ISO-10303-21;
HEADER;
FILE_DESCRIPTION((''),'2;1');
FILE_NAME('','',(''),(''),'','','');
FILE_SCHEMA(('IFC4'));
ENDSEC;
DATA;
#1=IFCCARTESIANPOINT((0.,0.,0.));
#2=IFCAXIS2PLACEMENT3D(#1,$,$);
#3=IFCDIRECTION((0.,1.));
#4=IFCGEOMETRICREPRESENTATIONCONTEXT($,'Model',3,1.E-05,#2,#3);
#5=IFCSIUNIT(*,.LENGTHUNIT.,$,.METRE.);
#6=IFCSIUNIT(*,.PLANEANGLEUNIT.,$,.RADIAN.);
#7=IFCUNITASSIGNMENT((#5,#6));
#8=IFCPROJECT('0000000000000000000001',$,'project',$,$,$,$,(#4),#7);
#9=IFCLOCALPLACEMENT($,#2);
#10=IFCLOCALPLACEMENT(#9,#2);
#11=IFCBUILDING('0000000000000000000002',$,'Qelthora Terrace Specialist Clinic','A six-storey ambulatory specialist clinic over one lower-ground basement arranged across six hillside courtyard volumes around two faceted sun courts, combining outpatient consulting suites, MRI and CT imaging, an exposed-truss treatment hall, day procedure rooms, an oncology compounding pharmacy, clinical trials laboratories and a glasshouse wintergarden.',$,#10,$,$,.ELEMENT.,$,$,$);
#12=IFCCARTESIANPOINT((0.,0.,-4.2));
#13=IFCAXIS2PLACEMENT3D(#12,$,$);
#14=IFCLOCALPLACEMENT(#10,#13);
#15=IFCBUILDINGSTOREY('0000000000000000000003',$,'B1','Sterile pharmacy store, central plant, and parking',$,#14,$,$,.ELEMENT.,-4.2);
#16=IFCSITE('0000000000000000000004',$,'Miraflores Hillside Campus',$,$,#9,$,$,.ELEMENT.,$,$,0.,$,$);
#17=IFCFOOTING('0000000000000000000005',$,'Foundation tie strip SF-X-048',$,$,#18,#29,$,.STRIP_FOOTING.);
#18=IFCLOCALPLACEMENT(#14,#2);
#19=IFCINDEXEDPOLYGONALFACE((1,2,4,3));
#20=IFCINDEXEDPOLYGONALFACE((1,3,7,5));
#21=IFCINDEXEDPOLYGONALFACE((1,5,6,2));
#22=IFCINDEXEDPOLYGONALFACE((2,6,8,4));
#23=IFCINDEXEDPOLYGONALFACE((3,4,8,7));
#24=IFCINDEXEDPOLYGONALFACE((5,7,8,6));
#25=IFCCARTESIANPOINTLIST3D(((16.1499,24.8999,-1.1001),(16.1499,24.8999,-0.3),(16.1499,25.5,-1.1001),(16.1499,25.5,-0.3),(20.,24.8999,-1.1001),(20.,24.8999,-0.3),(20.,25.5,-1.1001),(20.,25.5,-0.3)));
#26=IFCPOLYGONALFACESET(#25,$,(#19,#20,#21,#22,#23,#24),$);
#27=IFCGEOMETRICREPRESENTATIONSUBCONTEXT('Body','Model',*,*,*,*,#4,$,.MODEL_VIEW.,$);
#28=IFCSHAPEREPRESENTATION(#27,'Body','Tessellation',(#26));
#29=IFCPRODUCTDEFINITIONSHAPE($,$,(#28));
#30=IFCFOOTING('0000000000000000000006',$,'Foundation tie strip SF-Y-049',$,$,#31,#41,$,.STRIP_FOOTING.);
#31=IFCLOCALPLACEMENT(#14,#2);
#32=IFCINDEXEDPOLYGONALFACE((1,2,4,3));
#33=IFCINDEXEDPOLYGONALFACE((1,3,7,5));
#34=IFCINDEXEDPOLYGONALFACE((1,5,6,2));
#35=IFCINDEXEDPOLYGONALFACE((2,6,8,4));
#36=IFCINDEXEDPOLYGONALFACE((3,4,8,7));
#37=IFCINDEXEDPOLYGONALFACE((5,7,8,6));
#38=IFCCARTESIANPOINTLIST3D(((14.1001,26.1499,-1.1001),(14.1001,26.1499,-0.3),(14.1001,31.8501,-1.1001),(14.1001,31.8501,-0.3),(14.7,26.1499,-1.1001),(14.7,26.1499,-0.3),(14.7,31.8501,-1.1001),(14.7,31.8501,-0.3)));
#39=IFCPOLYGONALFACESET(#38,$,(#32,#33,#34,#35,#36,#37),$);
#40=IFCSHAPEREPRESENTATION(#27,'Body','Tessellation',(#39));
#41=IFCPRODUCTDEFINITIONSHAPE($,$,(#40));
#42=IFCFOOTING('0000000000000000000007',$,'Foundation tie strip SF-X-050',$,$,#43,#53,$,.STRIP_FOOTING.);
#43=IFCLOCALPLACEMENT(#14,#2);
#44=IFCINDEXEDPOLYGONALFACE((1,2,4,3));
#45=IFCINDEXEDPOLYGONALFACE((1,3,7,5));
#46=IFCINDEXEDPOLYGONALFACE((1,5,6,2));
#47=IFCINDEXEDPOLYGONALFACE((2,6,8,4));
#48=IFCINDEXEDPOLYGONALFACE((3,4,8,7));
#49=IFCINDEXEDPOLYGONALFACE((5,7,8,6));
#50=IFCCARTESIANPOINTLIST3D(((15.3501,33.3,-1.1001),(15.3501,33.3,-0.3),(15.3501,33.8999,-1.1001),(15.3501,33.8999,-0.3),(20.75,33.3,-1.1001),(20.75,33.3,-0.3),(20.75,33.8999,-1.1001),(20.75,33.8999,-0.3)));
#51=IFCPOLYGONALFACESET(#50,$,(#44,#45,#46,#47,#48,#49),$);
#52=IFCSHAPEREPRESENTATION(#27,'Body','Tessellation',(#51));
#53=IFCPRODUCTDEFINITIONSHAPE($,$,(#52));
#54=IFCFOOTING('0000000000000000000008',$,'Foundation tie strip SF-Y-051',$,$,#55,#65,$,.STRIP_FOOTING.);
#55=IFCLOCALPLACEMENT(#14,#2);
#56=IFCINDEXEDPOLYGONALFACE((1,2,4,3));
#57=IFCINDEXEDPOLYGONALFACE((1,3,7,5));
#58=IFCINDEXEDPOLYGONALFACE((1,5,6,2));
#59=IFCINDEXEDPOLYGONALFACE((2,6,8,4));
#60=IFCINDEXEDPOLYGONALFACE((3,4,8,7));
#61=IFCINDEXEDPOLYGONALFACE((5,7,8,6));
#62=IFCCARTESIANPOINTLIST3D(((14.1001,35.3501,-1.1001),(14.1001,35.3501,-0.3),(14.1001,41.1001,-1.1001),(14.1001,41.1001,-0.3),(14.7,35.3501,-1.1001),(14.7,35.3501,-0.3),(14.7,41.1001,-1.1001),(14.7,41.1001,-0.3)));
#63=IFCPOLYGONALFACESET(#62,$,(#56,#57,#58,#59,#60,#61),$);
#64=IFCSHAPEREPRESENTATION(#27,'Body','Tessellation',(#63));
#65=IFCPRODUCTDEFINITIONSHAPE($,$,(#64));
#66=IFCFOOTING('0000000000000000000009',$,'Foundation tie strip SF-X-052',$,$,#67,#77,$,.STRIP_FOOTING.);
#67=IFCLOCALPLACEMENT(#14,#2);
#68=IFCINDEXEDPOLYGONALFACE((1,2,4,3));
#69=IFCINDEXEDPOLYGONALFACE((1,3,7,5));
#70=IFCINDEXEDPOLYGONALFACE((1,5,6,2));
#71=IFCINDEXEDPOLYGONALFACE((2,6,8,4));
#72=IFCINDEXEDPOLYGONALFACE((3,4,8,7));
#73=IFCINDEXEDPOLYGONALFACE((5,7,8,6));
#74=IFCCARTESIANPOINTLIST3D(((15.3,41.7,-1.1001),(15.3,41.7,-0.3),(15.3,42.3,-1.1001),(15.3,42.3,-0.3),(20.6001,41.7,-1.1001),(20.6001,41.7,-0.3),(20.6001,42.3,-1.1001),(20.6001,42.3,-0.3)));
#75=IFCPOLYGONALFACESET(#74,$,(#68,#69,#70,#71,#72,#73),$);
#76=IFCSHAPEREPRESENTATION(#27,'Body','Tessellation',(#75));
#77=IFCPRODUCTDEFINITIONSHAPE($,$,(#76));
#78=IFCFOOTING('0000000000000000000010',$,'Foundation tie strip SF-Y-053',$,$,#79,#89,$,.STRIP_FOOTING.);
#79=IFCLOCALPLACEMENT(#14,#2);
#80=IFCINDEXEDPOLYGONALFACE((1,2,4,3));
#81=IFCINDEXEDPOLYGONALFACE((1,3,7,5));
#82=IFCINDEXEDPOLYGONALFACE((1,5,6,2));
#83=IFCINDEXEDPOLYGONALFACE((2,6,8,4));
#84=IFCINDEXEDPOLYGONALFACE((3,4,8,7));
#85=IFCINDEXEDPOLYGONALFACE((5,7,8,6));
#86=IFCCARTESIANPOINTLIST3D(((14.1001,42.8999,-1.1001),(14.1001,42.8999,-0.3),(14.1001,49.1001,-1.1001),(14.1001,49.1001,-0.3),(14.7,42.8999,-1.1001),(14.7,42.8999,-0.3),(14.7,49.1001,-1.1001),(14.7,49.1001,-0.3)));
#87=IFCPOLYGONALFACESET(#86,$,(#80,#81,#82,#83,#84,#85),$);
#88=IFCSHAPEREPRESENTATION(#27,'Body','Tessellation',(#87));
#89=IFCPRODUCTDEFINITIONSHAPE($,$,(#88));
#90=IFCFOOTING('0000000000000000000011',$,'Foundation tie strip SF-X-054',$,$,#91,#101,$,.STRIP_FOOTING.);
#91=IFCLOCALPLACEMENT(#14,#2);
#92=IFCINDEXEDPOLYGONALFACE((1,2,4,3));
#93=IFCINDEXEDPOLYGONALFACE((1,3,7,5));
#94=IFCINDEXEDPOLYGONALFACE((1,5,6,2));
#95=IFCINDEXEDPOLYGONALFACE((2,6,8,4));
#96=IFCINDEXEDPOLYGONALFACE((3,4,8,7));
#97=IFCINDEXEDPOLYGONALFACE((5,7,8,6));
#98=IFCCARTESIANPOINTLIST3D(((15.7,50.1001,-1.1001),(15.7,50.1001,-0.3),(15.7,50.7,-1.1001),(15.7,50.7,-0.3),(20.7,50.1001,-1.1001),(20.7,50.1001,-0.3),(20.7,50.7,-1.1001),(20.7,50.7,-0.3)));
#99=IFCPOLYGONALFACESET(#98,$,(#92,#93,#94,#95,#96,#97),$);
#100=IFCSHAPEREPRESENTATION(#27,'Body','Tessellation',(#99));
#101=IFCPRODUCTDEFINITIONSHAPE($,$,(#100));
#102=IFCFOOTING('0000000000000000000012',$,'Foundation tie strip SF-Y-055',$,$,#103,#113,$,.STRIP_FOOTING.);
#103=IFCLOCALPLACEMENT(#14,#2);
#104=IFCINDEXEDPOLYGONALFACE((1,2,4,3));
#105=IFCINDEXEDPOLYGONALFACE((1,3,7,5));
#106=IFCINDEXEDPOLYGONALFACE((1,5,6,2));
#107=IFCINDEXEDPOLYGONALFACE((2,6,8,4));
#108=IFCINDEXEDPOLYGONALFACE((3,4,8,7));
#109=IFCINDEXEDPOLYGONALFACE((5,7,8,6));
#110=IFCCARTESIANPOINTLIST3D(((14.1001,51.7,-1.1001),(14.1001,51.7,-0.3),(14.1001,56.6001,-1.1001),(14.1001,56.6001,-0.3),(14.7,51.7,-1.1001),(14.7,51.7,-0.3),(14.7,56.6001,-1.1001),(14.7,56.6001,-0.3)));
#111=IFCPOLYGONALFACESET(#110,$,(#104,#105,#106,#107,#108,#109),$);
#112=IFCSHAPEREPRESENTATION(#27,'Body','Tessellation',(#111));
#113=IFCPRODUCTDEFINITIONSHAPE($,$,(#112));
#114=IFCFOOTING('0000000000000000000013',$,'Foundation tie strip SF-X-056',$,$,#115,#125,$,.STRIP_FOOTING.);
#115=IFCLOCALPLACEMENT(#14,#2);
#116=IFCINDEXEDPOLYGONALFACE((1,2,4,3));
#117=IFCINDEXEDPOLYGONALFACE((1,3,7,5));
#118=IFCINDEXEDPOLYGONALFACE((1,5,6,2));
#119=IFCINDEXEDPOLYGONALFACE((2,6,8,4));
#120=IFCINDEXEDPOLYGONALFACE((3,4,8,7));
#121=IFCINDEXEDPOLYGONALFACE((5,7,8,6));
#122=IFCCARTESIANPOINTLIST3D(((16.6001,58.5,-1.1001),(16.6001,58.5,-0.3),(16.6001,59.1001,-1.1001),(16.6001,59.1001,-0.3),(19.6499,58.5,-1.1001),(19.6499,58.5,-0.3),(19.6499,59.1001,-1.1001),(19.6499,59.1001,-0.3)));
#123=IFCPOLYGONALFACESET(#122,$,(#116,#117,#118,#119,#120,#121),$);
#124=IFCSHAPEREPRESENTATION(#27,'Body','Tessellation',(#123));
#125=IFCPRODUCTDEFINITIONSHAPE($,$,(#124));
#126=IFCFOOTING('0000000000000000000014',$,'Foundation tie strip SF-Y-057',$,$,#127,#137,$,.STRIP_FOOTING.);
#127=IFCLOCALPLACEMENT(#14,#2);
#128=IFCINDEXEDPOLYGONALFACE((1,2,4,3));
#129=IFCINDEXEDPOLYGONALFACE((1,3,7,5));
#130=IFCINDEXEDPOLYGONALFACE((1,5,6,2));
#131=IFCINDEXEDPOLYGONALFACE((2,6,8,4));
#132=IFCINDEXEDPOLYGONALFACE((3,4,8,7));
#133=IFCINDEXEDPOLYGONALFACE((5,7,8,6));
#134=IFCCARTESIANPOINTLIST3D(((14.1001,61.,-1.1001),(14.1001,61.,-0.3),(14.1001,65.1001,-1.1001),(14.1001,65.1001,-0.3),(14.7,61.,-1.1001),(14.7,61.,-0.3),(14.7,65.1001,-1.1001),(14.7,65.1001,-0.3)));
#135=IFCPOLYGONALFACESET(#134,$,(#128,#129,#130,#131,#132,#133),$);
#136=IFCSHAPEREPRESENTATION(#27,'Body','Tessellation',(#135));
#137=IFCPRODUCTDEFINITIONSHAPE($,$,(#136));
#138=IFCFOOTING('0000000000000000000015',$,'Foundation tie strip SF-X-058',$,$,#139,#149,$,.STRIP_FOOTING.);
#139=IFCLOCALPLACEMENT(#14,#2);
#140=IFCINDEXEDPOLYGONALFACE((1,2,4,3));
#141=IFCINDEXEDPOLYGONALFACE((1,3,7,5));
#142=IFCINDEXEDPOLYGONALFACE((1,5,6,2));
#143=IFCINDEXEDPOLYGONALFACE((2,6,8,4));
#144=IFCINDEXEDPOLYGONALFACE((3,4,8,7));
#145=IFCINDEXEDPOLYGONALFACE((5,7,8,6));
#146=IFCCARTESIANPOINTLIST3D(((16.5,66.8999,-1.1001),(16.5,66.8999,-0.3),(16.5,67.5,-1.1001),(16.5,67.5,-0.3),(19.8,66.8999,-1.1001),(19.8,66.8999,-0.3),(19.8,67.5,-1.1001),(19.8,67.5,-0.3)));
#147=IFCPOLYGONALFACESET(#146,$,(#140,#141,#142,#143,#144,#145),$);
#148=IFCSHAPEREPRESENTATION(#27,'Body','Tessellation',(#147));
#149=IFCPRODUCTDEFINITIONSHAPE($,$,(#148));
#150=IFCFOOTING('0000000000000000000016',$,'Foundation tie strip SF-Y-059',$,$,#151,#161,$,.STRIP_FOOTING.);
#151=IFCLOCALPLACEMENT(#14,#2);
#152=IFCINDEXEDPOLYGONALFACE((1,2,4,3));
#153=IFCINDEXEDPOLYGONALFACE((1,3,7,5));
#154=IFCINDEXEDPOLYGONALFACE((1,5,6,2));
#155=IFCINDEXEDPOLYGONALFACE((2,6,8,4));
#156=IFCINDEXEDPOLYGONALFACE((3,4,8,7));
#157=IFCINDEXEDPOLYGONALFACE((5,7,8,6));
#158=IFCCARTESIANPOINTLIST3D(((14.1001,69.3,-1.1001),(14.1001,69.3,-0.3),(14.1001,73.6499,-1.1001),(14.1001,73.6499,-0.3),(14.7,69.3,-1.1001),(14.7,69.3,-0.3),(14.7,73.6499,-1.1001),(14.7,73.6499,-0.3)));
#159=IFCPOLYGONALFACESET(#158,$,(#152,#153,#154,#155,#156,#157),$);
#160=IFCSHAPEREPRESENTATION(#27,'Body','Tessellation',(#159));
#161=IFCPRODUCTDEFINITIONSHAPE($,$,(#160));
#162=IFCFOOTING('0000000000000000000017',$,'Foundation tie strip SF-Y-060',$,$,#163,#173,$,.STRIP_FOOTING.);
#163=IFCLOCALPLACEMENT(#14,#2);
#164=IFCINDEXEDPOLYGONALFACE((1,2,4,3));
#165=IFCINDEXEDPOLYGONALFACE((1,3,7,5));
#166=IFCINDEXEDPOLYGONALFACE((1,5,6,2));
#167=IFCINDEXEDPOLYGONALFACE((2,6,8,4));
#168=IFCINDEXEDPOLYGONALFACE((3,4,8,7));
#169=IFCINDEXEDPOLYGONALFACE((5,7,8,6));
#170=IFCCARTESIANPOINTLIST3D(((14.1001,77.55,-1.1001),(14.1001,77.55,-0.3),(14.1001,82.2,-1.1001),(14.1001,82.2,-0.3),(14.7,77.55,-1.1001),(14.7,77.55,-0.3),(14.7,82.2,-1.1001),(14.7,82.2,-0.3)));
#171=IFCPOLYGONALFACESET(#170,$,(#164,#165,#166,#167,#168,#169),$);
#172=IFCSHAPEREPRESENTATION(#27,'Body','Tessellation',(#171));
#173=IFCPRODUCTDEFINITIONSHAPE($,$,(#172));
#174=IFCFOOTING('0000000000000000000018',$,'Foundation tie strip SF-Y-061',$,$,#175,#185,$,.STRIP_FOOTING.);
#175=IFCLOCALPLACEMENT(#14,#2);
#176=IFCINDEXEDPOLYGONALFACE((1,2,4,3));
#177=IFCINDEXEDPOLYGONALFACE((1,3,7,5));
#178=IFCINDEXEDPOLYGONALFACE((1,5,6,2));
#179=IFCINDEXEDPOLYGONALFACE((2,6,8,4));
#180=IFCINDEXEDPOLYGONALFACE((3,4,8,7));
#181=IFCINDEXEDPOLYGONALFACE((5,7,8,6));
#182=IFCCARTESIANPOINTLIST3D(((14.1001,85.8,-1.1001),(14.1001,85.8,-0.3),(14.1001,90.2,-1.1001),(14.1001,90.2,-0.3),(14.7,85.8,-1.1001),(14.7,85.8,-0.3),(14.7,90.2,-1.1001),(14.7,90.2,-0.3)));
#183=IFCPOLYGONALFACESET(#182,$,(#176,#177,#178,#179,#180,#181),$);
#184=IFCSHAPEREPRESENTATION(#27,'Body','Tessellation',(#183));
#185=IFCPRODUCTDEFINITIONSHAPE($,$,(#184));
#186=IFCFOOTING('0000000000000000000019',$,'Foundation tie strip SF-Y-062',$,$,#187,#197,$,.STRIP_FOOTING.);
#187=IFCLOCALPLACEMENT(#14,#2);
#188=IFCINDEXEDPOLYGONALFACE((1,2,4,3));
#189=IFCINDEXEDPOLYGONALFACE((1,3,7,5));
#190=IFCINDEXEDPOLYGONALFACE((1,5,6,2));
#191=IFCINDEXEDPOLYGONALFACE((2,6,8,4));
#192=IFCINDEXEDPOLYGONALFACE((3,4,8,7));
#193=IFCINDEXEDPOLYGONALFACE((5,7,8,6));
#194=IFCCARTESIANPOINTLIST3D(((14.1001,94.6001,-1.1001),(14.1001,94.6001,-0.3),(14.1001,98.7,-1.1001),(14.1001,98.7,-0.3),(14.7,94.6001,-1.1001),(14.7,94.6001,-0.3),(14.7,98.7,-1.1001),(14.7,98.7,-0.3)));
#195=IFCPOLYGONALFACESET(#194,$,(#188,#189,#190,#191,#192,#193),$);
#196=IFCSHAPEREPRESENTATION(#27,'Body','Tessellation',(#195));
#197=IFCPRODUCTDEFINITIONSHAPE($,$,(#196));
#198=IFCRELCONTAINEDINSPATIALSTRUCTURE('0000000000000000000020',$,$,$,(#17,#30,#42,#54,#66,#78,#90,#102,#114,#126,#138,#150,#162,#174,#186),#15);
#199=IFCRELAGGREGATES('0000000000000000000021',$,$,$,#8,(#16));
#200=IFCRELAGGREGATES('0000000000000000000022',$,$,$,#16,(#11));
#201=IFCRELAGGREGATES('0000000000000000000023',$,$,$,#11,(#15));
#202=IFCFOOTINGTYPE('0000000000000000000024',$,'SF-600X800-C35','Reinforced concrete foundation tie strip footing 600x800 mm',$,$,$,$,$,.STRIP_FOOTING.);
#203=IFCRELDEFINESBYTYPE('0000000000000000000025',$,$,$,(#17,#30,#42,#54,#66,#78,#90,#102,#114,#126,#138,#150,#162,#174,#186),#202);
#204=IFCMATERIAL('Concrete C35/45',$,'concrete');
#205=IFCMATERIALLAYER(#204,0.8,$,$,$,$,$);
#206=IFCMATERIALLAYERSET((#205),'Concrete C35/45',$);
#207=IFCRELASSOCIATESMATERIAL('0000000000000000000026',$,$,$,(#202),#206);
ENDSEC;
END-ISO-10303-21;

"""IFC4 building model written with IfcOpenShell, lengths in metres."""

from ifc_helpers import new_model, si_unit, direction, frame, origin, place, context, subcontext, project, spatial, polyline, outline, extrude, material, layer, layer_set, type_object, element, save


model = new_model("IFC4")

# Units and contexts
model_context = context("Model", 3, precision=1e-05, world=origin(), true_north=direction((0.0, 1.0)))
body_context = subcontext(model_context, "Body", "Model", "MODEL_VIEW")
ifc_project = project(units=[si_unit("LENGTHUNIT", "METRE"), si_unit("PLANEANGLEUNIT", "RADIAN")], contexts=[model_context])

# Site, building, storey
site_placement = place(None, origin())
site = spatial("IfcSite", under=ifc_project, at=site_placement, Name="Miraflores Hillside Campus", CompositionType="ELEMENT", RefElevation=0.0)
building_placement = place(site_placement, origin())
building = spatial("IfcBuilding", under=site, at=building_placement, Name="Qelthora Terrace Specialist Clinic", Description="A six-storey ambulatory specialist clinic over one lower-ground basement arranged across six hillside courtyard volumes around two faceted sun courts, combining outpatient consulting suites, MRI and CT imaging, an exposed-truss treatment hall, day procedure rooms, an oncology compounding pharmacy, clinical trials laboratories and a glasshouse wintergarden.", CompositionType="ELEMENT")
storey_placement = place(building_placement, frame((0.0, 0.0, -4.2)))
storey = spatial("IfcBuildingStorey", under=building, at=storey_placement, Name="B1", Description="Sterile pharmacy store, central plant, and parking", CompositionType="ELEMENT", Elevation=-4.2)

# Footings
ifc_material = material(Name="Concrete C35/45", Category="concrete")
ifc_layer = layer(ifc_material, 0.8)
ifc_layer_set = layer_set([ifc_layer], Name="Concrete C35/45")
footing_type = type_object("IfcFootingType", Name="SF-600X800-C35", Description="Reinforced concrete foundation tie strip footing 600x800 mm", PredefinedType="STRIP_FOOTING", material=ifc_layer_set)
footing_1_placement = place(storey_placement, frame((0.0, 0.0, -1.1001)))
element("IfcFooting", 1, at=footing_1_placement, inside=storey, type_object=footing_type, Name="Foundation tie strip SF-X-048", PredefinedType="STRIP_FOOTING", context=body_context, shape_type="SweptSolid", body=[
    extrude(outline(polyline([(16.1499, 24.8999), (20.0, 24.8999), (20.0, 25.5), (16.1499, 25.5), (16.1499, 24.8999)])), origin(), (0.0, 0.0, 1.0), 0.8),
])
footing_2_placement = place(storey_placement, frame((0.0, 0.0, -1.1001)))
element("IfcFooting", 2, at=footing_2_placement, inside=storey, type_object=footing_type, Name="Foundation tie strip SF-Y-049", PredefinedType="STRIP_FOOTING", context=body_context, shape_type="SweptSolid", body=[
    extrude(outline(polyline([(14.1001, 26.1499), (14.7, 26.1499), (14.7, 31.8501), (14.1001, 31.8501), (14.1001, 26.1499)])), origin(), (0.0, 0.0, 1.0), 0.8),
])
footing_3_placement = place(storey_placement, frame((0.0, 0.0, -1.1001)))
element("IfcFooting", 3, at=footing_3_placement, inside=storey, type_object=footing_type, Name="Foundation tie strip SF-X-050", PredefinedType="STRIP_FOOTING", context=body_context, shape_type="SweptSolid", body=[
    extrude(outline(polyline([(15.3501, 33.3), (20.75, 33.3), (20.75, 33.8999), (15.3501, 33.8999), (15.3501, 33.3)])), origin(), (0.0, 0.0, 1.0), 0.8),
])
footing_4_placement = place(storey_placement, frame((0.0, 0.0, -1.1001)))
element("IfcFooting", 4, at=footing_4_placement, inside=storey, type_object=footing_type, Name="Foundation tie strip SF-Y-051", PredefinedType="STRIP_FOOTING", context=body_context, shape_type="SweptSolid", body=[
    extrude(outline(polyline([(14.1001, 35.3501), (14.7, 35.3501), (14.7, 41.1001), (14.1001, 41.1001), (14.1001, 35.3501)])), origin(), (0.0, 0.0, 1.0), 0.8),
])
footing_5_placement = place(storey_placement, frame((0.0, 0.0, -1.1001)))
element("IfcFooting", 5, at=footing_5_placement, inside=storey, type_object=footing_type, Name="Foundation tie strip SF-X-052", PredefinedType="STRIP_FOOTING", context=body_context, shape_type="SweptSolid", body=[
    extrude(outline(polyline([(15.3, 41.7), (20.6001, 41.7), (20.6001, 42.3), (15.3, 42.3), (15.3, 41.7)])), origin(), (0.0, 0.0, 1.0), 0.8),
])
footing_6_placement = place(storey_placement, frame((0.0, 0.0, -1.1001)))
element("IfcFooting", 6, at=footing_6_placement, inside=storey, type_object=footing_type, Name="Foundation tie strip SF-Y-053", PredefinedType="STRIP_FOOTING", context=body_context, shape_type="SweptSolid", body=[
    extrude(outline(polyline([(14.1001, 42.8999), (14.7, 42.8999), (14.7, 49.1001), (14.1001, 49.1001), (14.1001, 42.8999)])), origin(), (0.0, 0.0, 1.0), 0.8),
])
footing_7_placement = place(storey_placement, frame((0.0, 0.0, -1.1001)))
element("IfcFooting", 7, at=footing_7_placement, inside=storey, type_object=footing_type, Name="Foundation tie strip SF-X-054", PredefinedType="STRIP_FOOTING", context=body_context, shape_type="SweptSolid", body=[
    extrude(outline(polyline([(15.7, 50.1001), (20.7, 50.1001), (20.7, 50.7), (15.7, 50.7), (15.7, 50.1001)])), origin(), (0.0, 0.0, 1.0), 0.8),
])
footing_8_placement = place(storey_placement, frame((0.0, 0.0, -1.1001)))
element("IfcFooting", 8, at=footing_8_placement, inside=storey, type_object=footing_type, Name="Foundation tie strip SF-Y-055", PredefinedType="STRIP_FOOTING", context=body_context, shape_type="SweptSolid", body=[
    extrude(outline(polyline([(14.1001, 51.7), (14.7, 51.7), (14.7, 56.6001), (14.1001, 56.6001), (14.1001, 51.7)])), origin(), (0.0, 0.0, 1.0), 0.8),
])
footing_9_placement = place(storey_placement, frame((0.0, 0.0, -1.1001)))
element("IfcFooting", 9, at=footing_9_placement, inside=storey, type_object=footing_type, Name="Foundation tie strip SF-X-056", PredefinedType="STRIP_FOOTING", context=body_context, shape_type="SweptSolid", body=[
    extrude(outline(polyline([(16.6001, 58.5), (19.6499, 58.5), (19.6499, 59.1001), (16.6001, 59.1001), (16.6001, 58.5)])), origin(), (0.0, 0.0, 1.0), 0.8),
])
footing_10_placement = place(storey_placement, frame((0.0, 0.0, -1.1001)))
element("IfcFooting", 10, at=footing_10_placement, inside=storey, type_object=footing_type, Name="Foundation tie strip SF-Y-057", PredefinedType="STRIP_FOOTING", context=body_context, shape_type="SweptSolid", body=[
    extrude(outline(polyline([(14.1001, 61.0), (14.7, 61.0), (14.7, 65.1001), (14.1001, 65.1001), (14.1001, 61.0)])), origin(), (0.0, 0.0, 1.0), 0.8),
])
footing_11_placement = place(storey_placement, frame((0.0, 0.0, -1.1001)))
element("IfcFooting", 11, at=footing_11_placement, inside=storey, type_object=footing_type, Name="Foundation tie strip SF-X-058", PredefinedType="STRIP_FOOTING", context=body_context, shape_type="SweptSolid", body=[
    extrude(outline(polyline([(16.5, 66.8999), (19.8, 66.8999), (19.8, 67.5), (16.5, 67.5), (16.5, 66.8999)])), origin(), (0.0, 0.0, 1.0), 0.8),
])
footing_12_placement = place(storey_placement, frame((0.0, 0.0, -1.1001)))
element("IfcFooting", 12, at=footing_12_placement, inside=storey, type_object=footing_type, Name="Foundation tie strip SF-Y-059", PredefinedType="STRIP_FOOTING", context=body_context, shape_type="SweptSolid", body=[
    extrude(outline(polyline([(14.1001, 69.3), (14.7, 69.3), (14.7, 73.6499), (14.1001, 73.6499), (14.1001, 69.3)])), origin(), (0.0, 0.0, 1.0), 0.8),
])
footing_13_placement = place(storey_placement, frame((0.0, 0.0, -1.1001)))
element("IfcFooting", 13, at=footing_13_placement, inside=storey, type_object=footing_type, Name="Foundation tie strip SF-Y-060", PredefinedType="STRIP_FOOTING", context=body_context, shape_type="SweptSolid", body=[
    extrude(outline(polyline([(14.1001, 77.55), (14.7, 77.55), (14.7, 82.2), (14.1001, 82.2), (14.1001, 77.55)])), origin(), (0.0, 0.0, 1.0), 0.8),
])
footing_14_placement = place(storey_placement, frame((0.0, 0.0, -1.1001)))
element("IfcFooting", 14, at=footing_14_placement, inside=storey, type_object=footing_type, Name="Foundation tie strip SF-Y-061", PredefinedType="STRIP_FOOTING", context=body_context, shape_type="SweptSolid", body=[
    extrude(outline(polyline([(14.1001, 85.8), (14.7, 85.8), (14.7, 90.2), (14.1001, 90.2), (14.1001, 85.8)])), origin(), (0.0, 0.0, 1.0), 0.8),
])
footing_15_placement = place(storey_placement, frame((0.0, 0.0, -1.1001)))
element("IfcFooting", 15, at=footing_15_placement, inside=storey, type_object=footing_type, Name="Foundation tie strip SF-Y-062", PredefinedType="STRIP_FOOTING", context=body_context, shape_type="SweptSolid", body=[
    extrude(outline(polyline([(14.1001, 94.6001), (14.7, 94.6001), (14.7, 98.7), (14.1001, 98.7), (14.1001, 94.6001)])), origin(), (0.0, 0.0, 1.0), 0.8),
])

save(model, "model.ifc")
